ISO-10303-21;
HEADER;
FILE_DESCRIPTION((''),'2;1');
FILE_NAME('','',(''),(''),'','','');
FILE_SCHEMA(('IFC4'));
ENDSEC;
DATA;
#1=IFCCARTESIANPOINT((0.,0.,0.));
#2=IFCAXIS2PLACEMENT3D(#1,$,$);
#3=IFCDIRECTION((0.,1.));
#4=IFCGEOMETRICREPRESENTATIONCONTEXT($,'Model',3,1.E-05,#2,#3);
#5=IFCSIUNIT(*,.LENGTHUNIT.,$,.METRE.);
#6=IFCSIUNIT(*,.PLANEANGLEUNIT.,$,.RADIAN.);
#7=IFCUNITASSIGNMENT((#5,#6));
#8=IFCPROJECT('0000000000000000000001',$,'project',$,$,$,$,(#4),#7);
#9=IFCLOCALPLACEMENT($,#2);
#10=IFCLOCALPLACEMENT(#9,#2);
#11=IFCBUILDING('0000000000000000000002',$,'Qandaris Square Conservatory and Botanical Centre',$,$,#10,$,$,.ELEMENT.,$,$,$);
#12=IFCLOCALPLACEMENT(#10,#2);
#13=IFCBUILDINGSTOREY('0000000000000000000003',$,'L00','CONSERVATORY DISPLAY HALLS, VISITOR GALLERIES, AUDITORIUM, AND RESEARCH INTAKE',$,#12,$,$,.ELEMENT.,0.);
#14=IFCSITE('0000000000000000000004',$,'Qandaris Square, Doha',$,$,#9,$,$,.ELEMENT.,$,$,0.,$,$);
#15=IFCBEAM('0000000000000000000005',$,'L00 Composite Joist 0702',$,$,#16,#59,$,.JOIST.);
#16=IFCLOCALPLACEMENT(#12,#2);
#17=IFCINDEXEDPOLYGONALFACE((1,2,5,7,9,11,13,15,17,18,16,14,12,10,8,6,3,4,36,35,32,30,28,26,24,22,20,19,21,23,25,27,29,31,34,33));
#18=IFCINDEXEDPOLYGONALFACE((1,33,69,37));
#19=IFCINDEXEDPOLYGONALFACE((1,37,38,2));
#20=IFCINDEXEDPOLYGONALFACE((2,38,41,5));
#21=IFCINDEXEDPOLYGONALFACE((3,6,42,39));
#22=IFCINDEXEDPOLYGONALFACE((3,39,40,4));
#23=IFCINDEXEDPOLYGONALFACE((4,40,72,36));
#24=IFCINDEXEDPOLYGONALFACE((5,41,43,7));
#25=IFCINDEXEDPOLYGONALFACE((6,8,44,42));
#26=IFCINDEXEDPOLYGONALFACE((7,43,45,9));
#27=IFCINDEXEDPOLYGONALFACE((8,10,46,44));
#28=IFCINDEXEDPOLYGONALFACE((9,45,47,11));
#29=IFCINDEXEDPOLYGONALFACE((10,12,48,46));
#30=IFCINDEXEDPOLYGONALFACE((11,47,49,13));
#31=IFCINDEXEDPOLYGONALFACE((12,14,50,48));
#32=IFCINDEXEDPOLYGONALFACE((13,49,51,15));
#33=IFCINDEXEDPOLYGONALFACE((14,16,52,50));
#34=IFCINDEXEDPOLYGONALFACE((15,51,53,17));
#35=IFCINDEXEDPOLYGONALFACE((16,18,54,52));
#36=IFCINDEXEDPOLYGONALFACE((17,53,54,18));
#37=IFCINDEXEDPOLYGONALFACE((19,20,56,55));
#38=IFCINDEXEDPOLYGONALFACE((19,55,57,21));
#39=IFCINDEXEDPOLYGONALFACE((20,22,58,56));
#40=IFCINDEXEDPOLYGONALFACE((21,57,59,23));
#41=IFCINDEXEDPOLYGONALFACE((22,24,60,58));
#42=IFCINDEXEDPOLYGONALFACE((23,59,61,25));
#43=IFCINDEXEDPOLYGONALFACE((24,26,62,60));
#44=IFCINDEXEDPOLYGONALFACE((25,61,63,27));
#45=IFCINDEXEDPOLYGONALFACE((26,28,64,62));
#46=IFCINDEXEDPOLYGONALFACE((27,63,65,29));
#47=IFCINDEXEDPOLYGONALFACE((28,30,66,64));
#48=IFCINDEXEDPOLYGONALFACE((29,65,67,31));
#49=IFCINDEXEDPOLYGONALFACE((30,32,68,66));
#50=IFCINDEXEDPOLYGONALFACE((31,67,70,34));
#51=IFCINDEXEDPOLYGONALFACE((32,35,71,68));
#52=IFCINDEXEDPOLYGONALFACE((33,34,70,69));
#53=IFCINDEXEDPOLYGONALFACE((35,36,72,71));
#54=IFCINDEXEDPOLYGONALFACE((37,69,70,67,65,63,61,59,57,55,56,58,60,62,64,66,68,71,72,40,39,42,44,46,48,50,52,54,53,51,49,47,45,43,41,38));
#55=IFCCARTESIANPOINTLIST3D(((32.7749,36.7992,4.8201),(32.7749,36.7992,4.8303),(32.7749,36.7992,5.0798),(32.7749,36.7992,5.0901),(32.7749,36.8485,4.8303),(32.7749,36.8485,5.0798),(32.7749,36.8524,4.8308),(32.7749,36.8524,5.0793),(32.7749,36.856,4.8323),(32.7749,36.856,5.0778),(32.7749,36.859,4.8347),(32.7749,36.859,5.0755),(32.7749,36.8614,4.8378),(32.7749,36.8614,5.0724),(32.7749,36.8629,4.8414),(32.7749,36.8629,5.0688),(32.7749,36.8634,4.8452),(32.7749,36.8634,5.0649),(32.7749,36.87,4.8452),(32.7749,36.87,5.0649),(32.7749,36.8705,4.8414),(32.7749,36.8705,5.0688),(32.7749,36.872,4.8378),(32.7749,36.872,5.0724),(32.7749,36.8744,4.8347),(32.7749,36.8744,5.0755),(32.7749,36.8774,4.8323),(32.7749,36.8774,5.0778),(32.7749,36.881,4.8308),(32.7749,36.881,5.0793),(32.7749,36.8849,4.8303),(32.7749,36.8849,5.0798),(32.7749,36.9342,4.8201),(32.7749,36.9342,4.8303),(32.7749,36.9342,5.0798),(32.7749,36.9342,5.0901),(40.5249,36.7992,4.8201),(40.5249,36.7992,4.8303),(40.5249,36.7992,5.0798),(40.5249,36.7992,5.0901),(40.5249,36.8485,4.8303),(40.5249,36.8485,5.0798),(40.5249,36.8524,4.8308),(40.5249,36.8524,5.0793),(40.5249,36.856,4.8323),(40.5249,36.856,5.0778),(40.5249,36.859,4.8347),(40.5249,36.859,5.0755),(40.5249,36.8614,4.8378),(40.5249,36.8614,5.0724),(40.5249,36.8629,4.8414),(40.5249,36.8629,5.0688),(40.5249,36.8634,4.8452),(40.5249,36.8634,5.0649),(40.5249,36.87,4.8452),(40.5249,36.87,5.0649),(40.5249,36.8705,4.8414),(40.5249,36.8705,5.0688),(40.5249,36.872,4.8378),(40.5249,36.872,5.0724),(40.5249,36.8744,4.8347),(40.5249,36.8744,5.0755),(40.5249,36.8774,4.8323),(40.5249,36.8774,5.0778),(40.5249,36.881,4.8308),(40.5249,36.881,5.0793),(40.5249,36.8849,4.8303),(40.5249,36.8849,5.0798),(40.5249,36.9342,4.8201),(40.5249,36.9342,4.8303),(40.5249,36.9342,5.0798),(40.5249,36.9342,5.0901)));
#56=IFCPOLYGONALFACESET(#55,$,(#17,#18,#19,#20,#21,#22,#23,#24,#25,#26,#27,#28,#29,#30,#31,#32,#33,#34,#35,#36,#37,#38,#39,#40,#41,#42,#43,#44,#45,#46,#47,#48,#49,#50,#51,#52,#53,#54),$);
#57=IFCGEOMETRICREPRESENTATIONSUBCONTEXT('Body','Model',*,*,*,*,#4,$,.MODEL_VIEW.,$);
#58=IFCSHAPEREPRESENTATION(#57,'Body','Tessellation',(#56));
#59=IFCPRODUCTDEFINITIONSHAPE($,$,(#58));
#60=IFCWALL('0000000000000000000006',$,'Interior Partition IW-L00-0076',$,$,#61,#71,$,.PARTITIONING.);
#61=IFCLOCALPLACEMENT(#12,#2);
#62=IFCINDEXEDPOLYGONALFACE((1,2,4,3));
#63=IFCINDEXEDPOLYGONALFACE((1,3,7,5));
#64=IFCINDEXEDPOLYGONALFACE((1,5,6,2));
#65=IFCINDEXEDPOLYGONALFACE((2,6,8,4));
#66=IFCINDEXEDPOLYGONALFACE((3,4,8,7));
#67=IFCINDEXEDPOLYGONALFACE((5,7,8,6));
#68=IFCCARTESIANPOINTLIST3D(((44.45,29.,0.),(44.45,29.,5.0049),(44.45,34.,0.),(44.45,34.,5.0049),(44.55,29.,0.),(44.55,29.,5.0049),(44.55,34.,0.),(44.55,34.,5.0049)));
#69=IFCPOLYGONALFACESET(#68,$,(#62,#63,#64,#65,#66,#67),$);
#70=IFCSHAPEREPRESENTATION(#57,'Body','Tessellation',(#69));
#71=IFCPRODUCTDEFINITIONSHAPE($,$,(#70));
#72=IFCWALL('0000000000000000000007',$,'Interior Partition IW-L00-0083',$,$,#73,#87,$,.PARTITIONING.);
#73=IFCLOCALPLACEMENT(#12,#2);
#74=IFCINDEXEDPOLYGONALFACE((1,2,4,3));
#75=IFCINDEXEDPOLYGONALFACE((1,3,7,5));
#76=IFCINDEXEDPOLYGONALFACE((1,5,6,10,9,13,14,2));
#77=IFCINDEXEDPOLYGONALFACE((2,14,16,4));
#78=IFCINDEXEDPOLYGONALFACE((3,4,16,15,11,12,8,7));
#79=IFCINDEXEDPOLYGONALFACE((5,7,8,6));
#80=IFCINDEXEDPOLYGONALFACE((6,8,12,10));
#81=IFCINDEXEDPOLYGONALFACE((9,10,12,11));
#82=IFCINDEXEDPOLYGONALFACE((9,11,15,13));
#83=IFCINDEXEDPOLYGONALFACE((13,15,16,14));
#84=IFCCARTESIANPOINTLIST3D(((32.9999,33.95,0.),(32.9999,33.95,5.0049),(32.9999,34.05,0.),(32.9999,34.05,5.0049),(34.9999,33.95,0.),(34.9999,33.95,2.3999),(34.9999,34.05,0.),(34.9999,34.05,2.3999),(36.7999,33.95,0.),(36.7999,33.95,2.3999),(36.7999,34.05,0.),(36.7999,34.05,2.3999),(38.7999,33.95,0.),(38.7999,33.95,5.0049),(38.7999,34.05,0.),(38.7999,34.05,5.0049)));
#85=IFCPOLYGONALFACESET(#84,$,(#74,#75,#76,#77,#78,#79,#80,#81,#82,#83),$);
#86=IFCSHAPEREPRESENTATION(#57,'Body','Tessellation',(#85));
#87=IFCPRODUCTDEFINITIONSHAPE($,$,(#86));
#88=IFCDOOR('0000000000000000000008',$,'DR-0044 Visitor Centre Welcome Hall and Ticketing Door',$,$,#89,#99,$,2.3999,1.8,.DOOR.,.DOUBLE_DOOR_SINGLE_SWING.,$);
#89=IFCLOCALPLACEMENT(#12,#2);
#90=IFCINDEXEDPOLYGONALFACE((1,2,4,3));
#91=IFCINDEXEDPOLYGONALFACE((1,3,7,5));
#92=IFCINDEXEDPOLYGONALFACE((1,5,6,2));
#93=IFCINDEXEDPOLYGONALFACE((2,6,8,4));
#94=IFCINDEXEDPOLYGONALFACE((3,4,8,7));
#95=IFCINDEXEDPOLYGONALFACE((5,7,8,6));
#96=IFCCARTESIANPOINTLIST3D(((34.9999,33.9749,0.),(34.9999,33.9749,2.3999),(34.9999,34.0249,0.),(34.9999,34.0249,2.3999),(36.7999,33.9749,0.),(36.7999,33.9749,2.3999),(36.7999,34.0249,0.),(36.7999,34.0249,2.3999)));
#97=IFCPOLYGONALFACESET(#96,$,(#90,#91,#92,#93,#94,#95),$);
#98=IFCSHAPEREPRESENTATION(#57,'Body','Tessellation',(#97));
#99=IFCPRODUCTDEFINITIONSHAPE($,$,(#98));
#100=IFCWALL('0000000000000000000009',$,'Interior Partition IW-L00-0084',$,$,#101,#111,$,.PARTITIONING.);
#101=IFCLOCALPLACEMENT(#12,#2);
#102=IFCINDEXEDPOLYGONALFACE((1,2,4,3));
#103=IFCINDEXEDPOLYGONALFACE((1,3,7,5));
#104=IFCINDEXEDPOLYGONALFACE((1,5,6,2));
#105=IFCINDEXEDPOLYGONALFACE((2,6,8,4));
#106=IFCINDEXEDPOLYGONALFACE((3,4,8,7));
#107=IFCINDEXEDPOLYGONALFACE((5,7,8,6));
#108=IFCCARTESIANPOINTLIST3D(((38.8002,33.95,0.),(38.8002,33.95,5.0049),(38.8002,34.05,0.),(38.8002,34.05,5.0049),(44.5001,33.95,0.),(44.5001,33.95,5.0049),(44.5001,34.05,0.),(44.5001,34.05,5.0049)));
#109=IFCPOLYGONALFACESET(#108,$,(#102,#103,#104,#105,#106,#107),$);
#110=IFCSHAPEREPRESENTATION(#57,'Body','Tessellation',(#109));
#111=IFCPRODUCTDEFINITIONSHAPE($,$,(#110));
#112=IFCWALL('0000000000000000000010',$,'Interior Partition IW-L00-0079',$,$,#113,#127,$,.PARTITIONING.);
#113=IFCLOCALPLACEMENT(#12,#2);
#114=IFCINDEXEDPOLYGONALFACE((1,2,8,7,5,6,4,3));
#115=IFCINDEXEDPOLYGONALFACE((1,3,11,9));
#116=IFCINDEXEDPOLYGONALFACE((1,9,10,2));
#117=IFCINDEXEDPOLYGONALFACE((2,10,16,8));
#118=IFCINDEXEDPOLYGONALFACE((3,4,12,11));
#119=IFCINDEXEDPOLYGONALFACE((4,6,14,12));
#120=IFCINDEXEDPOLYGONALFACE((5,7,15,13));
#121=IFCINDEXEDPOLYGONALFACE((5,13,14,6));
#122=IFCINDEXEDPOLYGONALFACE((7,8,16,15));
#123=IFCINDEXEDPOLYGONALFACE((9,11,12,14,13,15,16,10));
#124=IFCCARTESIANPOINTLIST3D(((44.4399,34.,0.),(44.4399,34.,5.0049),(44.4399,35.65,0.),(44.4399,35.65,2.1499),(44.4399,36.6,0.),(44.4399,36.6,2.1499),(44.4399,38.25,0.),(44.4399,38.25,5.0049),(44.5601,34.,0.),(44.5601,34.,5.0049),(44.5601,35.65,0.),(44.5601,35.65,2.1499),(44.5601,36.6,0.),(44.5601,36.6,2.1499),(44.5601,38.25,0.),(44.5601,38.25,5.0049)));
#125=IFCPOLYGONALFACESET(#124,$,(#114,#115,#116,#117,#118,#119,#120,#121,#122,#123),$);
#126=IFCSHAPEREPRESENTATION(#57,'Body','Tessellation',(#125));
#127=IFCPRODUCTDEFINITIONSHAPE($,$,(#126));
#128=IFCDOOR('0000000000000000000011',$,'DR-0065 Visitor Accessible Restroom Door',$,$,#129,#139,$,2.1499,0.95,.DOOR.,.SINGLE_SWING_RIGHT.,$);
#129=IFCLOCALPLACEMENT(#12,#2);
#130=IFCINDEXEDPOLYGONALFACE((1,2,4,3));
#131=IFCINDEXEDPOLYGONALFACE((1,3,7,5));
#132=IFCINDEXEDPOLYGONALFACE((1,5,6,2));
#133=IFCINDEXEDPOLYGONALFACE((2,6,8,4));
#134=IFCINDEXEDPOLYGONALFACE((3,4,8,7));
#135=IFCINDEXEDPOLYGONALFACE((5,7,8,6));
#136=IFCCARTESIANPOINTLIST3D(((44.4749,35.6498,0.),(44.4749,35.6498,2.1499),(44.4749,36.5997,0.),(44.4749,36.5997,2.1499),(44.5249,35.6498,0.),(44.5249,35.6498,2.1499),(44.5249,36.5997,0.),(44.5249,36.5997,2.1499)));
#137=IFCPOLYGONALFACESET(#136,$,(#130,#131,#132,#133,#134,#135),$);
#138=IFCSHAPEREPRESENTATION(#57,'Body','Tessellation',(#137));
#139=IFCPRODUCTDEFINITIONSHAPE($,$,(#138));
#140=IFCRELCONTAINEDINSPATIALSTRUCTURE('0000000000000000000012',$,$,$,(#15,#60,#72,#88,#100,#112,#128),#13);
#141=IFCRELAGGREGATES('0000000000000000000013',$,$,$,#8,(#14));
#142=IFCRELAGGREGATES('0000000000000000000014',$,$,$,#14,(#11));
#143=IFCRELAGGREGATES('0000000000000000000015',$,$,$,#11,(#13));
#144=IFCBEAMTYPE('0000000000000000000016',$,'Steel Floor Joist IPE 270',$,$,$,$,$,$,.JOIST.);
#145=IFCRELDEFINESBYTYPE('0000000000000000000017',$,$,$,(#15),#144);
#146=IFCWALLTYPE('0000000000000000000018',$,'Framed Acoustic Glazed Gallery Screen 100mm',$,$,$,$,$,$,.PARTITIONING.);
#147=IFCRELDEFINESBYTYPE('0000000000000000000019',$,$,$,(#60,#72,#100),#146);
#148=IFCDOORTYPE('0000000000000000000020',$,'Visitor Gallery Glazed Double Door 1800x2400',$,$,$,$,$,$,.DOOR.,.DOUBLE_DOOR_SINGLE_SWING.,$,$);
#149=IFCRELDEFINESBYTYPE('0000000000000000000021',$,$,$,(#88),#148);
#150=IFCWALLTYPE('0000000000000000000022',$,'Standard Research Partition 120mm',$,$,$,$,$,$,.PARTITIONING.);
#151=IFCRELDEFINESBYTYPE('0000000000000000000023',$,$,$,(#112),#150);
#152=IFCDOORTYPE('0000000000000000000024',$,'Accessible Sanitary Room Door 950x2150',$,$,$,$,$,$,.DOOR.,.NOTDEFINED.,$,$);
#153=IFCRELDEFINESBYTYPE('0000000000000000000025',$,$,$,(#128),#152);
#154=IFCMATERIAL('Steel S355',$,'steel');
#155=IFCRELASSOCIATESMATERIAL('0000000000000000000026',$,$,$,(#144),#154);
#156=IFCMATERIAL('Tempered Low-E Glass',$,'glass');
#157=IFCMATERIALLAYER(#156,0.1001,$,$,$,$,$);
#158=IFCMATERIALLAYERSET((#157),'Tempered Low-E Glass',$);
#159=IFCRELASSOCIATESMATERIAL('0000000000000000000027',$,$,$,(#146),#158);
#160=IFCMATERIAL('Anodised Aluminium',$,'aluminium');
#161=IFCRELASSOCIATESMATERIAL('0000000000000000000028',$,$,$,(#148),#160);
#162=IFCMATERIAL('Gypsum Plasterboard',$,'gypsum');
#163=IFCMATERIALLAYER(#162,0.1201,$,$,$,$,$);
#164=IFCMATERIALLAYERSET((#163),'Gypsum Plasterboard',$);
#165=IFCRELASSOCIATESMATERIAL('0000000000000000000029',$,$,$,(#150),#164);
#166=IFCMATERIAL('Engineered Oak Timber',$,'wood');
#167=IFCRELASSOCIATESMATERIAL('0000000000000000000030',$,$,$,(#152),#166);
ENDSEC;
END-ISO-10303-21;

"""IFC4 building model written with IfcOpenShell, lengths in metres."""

from ifc_helpers import new_model, si_unit, direction, frame, frame_2d, origin, origin_2d, place, context, subcontext, project, spatial, rectangle, i_section, extrude, material, layer, layer_set, material_profile, profile_set, type_object, element, fill, save


model = new_model("IFC4")

# Units and contexts
model_context = context("Model", 3, precision=1e-05, world=origin(), true_north=direction((0.0, 1.0)))
body_context = subcontext(model_context, "Body", "Model", "MODEL_VIEW")
ifc_project = project(units=[si_unit("LENGTHUNIT", "METRE"), si_unit("PLANEANGLEUNIT", "RADIAN")], contexts=[model_context])

# Site, building, storey
site_placement = place(None, origin())
site = spatial("IfcSite", under=ifc_project, at=site_placement, Name="Qandaris Square, Doha", CompositionType="ELEMENT", RefElevation=0.0)
building_placement = place(site_placement, origin())
building = spatial("IfcBuilding", under=site, at=building_placement, Name="Qandaris Square Conservatory and Botanical Centre", CompositionType="ELEMENT")
storey_placement = place(building_placement, origin())
storey = spatial("IfcBuildingStorey", under=building, at=storey_placement, Name="L00", Description="CONSERVATORY DISPLAY HALLS, VISITOR GALLERIES, AUDITORIUM, AND RESEARCH INTAKE", CompositionType="ELEMENT", Elevation=0.0)

# Beam
ifc_material_1 = material(Name="Steel S355", Category="steel")
ifc_material_profile_1 = material_profile(ifc_material_1, i_section(OverallWidth=0.135, OverallDepth=0.27, WebThickness=0.0066, FlangeThickness=0.0103, FilletRadius=0.0149, at=origin_2d()), Name="IPE 270")
ifc_profile_set_1 = profile_set([ifc_material_profile_1], Name="Steel S355")
beam_type_1 = type_object("IfcBeamType", Name="Steel Floor Joist IPE 270", PredefinedType="JOIST", material=ifc_profile_set_1)
beam_1_placement = place(storey_placement, frame((32.7749, 36.8667, 4.9551), z_axis=(1.0, 0.0, 0.0), x_axis=(0.0, 1.0, 0.0)))
element("IfcBeam", 1, at=beam_1_placement, inside=storey, type_object=beam_type_1, Name="L00 Composite Joist 0702", PredefinedType="JOIST", context=body_context, shape_type="SweptSolid", body=[
    extrude(i_section(OverallWidth=0.135, OverallDepth=0.27, WebThickness=0.0066, FlangeThickness=0.0103, FilletRadius=0.0149, at=origin_2d()), origin(), (0.0, 0.0, 1.0), 7.75),
])

# Wall
ifc_material_2 = material(Name="Tempered Low-E Glass", Category="glass")
ifc_layer_1 = layer(ifc_material_2, 0.1001)
ifc_layer_set_1 = layer_set([ifc_layer_1], Name="Tempered Low-E Glass")
wall_type_1 = type_object("IfcWallType", Name="Framed Acoustic Glazed Gallery Screen 100mm", PredefinedType="PARTITIONING", material=ifc_layer_set_1)
wall_1_placement = place(storey_placement, frame((44.5, 29.0, 0.0), z_axis=(0.0, 0.0, 1.0), x_axis=(0.0, 1.0, 0.0)))
element("IfcWall", 2, at=wall_1_placement, inside=storey, type_object=wall_type_1, Name="Interior Partition IW-L00-0076", PredefinedType="PARTITIONING", context=body_context, shape_type="SweptSolid", body=[
    extrude(rectangle(XDim=5.0, YDim=0.1001, at=frame_2d((2.5, 0.0))), origin(), (0.0, 0.0, 1.0), 5.0049),
])

# Wall, opening, door
wall_2_placement = place(storey_placement, frame((33.0, 34.0, 0.0), z_axis=(0.0, 0.0, 1.0), x_axis=(1.0, 0.0, 0.0)))
wall_2 = element("IfcWall", 3, at=wall_2_placement, inside=storey, type_object=wall_type_1, Name="Interior Partition IW-L00-0083", PredefinedType="PARTITIONING", context=body_context, shape_type="SweptSolid", body=[
    extrude(rectangle(XDim=5.8, YDim=0.1001, at=frame_2d((2.8999, 0.0))), origin(), (0.0, 0.0, 1.0), 5.0049),
])
opening_1_placement = place(wall_2_placement, frame((2.0, 0.0, 0.0)))
opening_1 = element("IfcOpeningElement", 4, at=opening_1_placement, cuts=wall_2, PredefinedType="OPENING", context=body_context, shape_type="SweptSolid", body=[
    extrude(rectangle(XDim=1.8, YDim=2.3999, at=frame_2d((0.8999, 1.2))), frame((0.0, 0.062, 0.0), z_axis=(0.0, -1.0, 0.0), x_axis=(1.0, 0.0, 0.0)), (0.0, 0.0, 1.0), 0.124),
])
ifc_material_3 = material(Name="Anodised Aluminium", Category="aluminium")
door_type_1 = type_object("IfcDoorType", Name="Visitor Gallery Glazed Double Door 1800x2400", OperationType="DOUBLE_DOOR_SINGLE_SWING", PredefinedType="DOOR", material=ifc_material_3)
door_1_placement = place(opening_1_placement, origin())
door_1 = element("IfcDoor", 5, at=door_1_placement, inside=storey, type_object=door_type_1, Name="DR-0044 Visitor Centre Welcome Hall and Ticketing Door", OperationType="DOUBLE_DOOR_SINGLE_SWING", OverallHeight=2.3999, OverallWidth=1.8, PredefinedType="DOOR", context=body_context, shape_type="SweptSolid", body=[
    extrude(rectangle(XDim=1.8, YDim=2.3999, at=frame_2d((0.8999, 1.2))), frame((0.0, 0.0249, 0.0), z_axis=(0.0, -1.0, 0.0), x_axis=(1.0, 0.0, 0.0)), (0.0, 0.0, 1.0), 0.05),
])
fill(opening_1, door_1)

# Wall
wall_3_placement = place(storey_placement, frame((38.8, 34.0, 0.0), z_axis=(0.0, 0.0, 1.0), x_axis=(1.0, 0.0, 0.0)))
element("IfcWall", 6, at=wall_3_placement, inside=storey, type_object=wall_type_1, Name="Interior Partition IW-L00-0084", PredefinedType="PARTITIONING", context=body_context, shape_type="SweptSolid", body=[
    extrude(rectangle(XDim=5.7, YDim=0.1001, at=frame_2d((2.8501, 0.0))), origin(), (0.0, 0.0, 1.0), 5.0049),
])

# Wall, opening, door
ifc_material_4 = material(Name="Gypsum Plasterboard", Category="gypsum")
ifc_layer_2 = layer(ifc_material_4, 0.1201)
ifc_layer_set_2 = layer_set([ifc_layer_2], Name="Gypsum Plasterboard")
wall_type_2 = type_object("IfcWallType", Name="Standard Research Partition 120mm", PredefinedType="PARTITIONING", material=ifc_layer_set_2)
wall_4_placement = place(storey_placement, frame((44.5, 34.0, 0.0), z_axis=(0.0, 0.0, 1.0), x_axis=(0.0, 1.0, 0.0)))
wall_4 = element("IfcWall", 7, at=wall_4_placement, inside=storey, type_object=wall_type_2, Name="Interior Partition IW-L00-0079", PredefinedType="PARTITIONING", context=body_context, shape_type="SweptSolid", body=[
    extrude(rectangle(XDim=4.25, YDim=0.1201, at=frame_2d((2.125, 0.0))), origin(), (0.0, 0.0, 1.0), 5.0049),
])
opening_2_placement = place(wall_4_placement, frame((1.6499, 0.0, 0.0)))
opening_2 = element("IfcOpeningElement", 8, at=opening_2_placement, cuts=wall_4, PredefinedType="OPENING", context=body_context, shape_type="SweptSolid", body=[
    extrude(rectangle(XDim=0.95, YDim=2.1499, at=frame_2d((0.4751, 1.075))), frame((0.0, 0.072, 0.0), z_axis=(0.0, -1.0, 0.0), x_axis=(1.0, 0.0, 0.0)), (0.0, 0.0, 1.0), 0.144),
])
ifc_material_5 = material(Name="Engineered Oak Timber", Category="wood")
door_type_2 = type_object("IfcDoorType", Name="Accessible Sanitary Room Door 950x2150", OperationType="NOTDEFINED", PredefinedType="DOOR", material=ifc_material_5)
door_2_placement = place(opening_2_placement, frame((0.95, 0.0, 0.0), z_axis=(0.0, 0.0, 1.0), x_axis=(-1.0, 0.0, 0.0)))
door_2 = element("IfcDoor", 9, at=door_2_placement, inside=storey, type_object=door_type_2, Name="DR-0065 Visitor Accessible Restroom Door", OperationType="SINGLE_SWING_RIGHT", OverallHeight=2.1499, OverallWidth=0.95, PredefinedType="DOOR", context=body_context, shape_type="SweptSolid", body=[
    extrude(rectangle(XDim=0.95, YDim=2.1499, at=frame_2d((0.4751, 1.075))), frame((0.0, 0.0249, 0.0), z_axis=(0.0, -1.0, 0.0), x_axis=(1.0, 0.0, 0.0)), (0.0, 0.0, 1.0), 0.05),
])
fill(opening_2, door_2)

save(model, "model.ifc")
